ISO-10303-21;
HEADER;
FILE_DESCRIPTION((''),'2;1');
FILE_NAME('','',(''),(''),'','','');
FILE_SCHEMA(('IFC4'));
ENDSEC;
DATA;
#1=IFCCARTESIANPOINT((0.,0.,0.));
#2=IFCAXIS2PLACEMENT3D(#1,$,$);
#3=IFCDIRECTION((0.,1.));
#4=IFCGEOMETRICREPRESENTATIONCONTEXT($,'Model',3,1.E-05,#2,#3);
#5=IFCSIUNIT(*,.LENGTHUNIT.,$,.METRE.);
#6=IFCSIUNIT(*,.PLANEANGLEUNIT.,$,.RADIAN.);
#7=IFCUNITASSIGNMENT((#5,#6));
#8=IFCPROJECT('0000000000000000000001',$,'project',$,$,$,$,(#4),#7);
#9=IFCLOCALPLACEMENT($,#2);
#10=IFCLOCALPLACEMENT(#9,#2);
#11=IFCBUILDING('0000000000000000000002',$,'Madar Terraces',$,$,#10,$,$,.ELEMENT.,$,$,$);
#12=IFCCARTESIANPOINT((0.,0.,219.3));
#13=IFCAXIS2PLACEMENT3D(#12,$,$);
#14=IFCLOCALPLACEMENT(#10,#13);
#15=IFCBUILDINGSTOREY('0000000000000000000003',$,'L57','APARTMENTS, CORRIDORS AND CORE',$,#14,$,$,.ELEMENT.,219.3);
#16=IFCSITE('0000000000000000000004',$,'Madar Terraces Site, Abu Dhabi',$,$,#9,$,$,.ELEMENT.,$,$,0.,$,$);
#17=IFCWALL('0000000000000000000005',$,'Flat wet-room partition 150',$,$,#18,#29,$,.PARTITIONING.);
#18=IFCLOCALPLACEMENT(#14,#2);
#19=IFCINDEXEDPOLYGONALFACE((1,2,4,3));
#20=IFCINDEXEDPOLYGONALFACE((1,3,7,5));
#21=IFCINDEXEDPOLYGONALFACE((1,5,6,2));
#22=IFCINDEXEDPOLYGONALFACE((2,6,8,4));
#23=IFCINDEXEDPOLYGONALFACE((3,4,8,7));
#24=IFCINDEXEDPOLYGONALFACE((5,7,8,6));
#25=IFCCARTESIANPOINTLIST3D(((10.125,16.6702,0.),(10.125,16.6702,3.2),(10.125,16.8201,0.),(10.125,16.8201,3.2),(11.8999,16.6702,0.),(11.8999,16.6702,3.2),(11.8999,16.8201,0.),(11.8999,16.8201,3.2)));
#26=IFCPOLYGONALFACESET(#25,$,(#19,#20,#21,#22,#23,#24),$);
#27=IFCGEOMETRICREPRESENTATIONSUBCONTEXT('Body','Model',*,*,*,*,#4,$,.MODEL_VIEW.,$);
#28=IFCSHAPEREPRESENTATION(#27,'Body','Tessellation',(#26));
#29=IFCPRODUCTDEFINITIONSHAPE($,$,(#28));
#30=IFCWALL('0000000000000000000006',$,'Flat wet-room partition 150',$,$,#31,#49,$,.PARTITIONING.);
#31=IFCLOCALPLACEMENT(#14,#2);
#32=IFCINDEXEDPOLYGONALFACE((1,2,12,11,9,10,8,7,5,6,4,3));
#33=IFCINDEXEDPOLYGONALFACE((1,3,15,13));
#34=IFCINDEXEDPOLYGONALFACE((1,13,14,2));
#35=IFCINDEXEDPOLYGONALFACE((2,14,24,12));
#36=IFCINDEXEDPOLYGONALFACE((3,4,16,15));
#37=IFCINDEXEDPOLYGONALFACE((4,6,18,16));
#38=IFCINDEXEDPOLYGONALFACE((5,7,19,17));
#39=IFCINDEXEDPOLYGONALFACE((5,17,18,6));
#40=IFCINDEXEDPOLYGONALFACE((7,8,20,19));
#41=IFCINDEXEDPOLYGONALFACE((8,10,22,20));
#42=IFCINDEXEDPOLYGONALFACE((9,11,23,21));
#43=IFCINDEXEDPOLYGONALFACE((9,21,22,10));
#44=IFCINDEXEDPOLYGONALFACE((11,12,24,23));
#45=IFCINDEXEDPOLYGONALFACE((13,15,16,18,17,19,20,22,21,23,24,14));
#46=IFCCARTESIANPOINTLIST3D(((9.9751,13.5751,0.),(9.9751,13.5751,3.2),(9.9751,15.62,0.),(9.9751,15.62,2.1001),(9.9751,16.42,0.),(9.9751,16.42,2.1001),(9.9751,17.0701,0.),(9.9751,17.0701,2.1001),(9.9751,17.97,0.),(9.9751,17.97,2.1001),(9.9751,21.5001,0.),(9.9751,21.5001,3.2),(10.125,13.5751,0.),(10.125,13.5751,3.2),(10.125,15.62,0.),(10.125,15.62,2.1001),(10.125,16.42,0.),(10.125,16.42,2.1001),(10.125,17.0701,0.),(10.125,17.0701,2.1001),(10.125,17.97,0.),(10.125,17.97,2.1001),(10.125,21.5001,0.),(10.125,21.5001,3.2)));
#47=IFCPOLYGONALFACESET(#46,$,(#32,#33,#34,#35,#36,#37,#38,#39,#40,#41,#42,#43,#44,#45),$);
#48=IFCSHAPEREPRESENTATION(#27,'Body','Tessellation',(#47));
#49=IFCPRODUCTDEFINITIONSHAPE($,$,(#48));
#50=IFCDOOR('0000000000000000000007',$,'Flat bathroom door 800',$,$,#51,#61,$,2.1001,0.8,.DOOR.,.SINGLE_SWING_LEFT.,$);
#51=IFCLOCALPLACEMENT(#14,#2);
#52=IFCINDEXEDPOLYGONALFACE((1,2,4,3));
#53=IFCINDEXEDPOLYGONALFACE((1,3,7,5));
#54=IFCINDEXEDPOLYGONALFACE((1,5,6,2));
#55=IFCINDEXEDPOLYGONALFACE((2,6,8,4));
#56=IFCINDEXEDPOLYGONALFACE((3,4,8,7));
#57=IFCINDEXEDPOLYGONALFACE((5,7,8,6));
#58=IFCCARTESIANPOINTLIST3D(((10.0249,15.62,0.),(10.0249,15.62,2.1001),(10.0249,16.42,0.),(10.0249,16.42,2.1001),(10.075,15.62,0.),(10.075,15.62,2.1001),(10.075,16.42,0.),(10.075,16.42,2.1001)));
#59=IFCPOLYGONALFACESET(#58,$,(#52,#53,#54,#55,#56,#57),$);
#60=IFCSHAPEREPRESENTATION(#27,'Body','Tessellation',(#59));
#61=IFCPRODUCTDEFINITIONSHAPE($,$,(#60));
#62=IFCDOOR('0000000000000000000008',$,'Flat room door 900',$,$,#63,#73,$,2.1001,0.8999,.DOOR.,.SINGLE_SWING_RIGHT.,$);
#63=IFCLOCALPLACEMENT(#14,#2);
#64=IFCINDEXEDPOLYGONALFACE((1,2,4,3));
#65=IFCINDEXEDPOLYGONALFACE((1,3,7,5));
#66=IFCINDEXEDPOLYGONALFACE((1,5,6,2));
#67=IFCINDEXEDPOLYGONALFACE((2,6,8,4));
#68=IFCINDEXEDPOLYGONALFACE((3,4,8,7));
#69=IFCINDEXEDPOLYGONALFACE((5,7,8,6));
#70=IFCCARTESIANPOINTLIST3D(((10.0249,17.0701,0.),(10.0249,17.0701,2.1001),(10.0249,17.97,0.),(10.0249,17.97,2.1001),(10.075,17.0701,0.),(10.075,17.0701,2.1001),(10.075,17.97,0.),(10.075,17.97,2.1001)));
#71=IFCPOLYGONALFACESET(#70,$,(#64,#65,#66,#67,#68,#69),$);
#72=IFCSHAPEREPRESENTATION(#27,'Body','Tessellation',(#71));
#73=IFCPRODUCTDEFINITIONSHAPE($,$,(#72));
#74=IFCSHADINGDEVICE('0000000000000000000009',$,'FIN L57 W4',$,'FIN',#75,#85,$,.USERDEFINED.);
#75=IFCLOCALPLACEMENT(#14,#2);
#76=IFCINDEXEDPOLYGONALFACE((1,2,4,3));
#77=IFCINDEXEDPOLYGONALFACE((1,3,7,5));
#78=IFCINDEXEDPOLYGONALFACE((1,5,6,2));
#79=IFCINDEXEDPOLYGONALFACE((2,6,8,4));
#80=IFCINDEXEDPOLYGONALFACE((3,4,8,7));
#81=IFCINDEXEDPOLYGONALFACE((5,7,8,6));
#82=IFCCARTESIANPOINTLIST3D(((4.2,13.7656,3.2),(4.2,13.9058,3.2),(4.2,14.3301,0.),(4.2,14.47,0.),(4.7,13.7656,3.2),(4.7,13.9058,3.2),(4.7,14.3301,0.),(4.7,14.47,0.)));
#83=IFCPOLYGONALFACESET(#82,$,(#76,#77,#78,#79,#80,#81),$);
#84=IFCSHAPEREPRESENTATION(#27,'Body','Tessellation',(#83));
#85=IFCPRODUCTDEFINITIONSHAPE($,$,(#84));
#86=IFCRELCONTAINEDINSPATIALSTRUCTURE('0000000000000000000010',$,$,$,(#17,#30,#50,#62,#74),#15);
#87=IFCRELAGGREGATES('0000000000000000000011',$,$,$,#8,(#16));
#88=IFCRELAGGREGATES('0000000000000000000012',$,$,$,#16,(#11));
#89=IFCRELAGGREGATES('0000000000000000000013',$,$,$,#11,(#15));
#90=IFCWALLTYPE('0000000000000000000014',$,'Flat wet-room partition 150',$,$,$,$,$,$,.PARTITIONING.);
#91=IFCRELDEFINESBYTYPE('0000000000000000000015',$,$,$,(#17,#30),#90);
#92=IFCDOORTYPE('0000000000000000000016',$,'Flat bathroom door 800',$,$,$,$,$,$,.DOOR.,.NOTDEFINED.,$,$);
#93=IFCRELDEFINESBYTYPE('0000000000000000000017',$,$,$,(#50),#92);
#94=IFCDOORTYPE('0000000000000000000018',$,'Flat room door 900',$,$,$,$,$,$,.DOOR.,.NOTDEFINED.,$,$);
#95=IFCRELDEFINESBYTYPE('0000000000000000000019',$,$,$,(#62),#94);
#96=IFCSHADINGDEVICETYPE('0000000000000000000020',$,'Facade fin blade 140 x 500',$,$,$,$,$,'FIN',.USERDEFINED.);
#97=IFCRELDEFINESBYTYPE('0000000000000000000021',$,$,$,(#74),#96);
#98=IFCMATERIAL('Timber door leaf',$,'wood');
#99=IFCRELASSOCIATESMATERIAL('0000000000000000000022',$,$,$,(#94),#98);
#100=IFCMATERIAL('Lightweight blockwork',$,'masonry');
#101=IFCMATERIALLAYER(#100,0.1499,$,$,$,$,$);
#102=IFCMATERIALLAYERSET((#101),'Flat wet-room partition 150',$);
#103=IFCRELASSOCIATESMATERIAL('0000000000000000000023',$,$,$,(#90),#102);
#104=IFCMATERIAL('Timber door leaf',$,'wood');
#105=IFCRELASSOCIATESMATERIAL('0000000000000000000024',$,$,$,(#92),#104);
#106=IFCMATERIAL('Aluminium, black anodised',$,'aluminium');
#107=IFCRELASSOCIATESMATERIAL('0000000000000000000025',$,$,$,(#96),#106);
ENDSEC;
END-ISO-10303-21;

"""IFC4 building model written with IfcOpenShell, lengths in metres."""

from ifc_helpers import new_model, si_unit, direction, frame, frame_2d, origin, place, context, subcontext, project, spatial, polyline, rectangle, outline, extrude, material, layer, layer_set, type_object, element, fill, save


model = new_model("IFC4")

# Units and contexts
model_context = context("Model", 3, precision=1e-05, world=origin(), true_north=direction((0.0, 1.0)))
body_context = subcontext(model_context, "Body", "Model", "MODEL_VIEW")
ifc_project = project(units=[si_unit("LENGTHUNIT", "METRE"), si_unit("PLANEANGLEUNIT", "RADIAN")], contexts=[model_context])

# Site, building, storey
site_placement = place(None, origin())
site = spatial("IfcSite", under=ifc_project, at=site_placement, Name="Madar Terraces Site, Abu Dhabi", CompositionType="ELEMENT", RefElevation=0.0)
building_placement = place(site_placement, origin())
building = spatial("IfcBuilding", under=site, at=building_placement, Name="Madar Terraces", CompositionType="ELEMENT")
storey_placement = place(building_placement, frame((0.0, 0.0, 219.3)))
storey = spatial("IfcBuildingStorey", under=building, at=storey_placement, Name="L57", Description="APARTMENTS, CORRIDORS AND CORE", CompositionType="ELEMENT", Elevation=219.3)

# Shared definitions
ifc_material_1 = material(Name="Timber door leaf", Category="wood")
door_type_1 = type_object("IfcDoorType", Name="Flat room door 900", OperationType="NOTDEFINED", PredefinedType="DOOR", material=ifc_material_1)

# Wall
ifc_material_2 = material(Name="Lightweight blockwork", Category="masonry")
ifc_layer_1 = layer(ifc_material_2, 0.1499)
ifc_layer_set_1 = layer_set([ifc_layer_1], Name="Flat wet-room partition 150")
wall_type_1 = type_object("IfcWallType", Name="Flat wet-room partition 150", PredefinedType="PARTITIONING", material=ifc_layer_set_1)
wall_1_placement = place(storey_placement, frame((11.8999, 16.7451, 0.0), z_axis=(0.0, 0.0, 1.0), x_axis=(-1.0, 0.0, 0.0)))
element("IfcWall", 1, at=wall_1_placement, inside=storey, type_object=wall_type_1, Name="Flat wet-room partition 150", PredefinedType="PARTITIONING", context=body_context, shape_type="SweptSolid", body=[
    extrude(rectangle(XDim=1.7749, YDim=0.1499, at=frame_2d((0.8875, 0.0))), origin(), (0.0, 0.0, 1.0), 3.2),
])

# Wall, openings, doors
wall_2_placement = place(storey_placement, frame((10.05, 21.5, 0.0), z_axis=(0.0, 0.0, 1.0), x_axis=(0.0, -1.0, 0.0)))
wall_2 = element("IfcWall", 2, at=wall_2_placement, inside=storey, type_object=wall_type_1, Name="Flat wet-room partition 150", PredefinedType="PARTITIONING", context=body_context, shape_type="SweptSolid", body=[
    extrude(rectangle(XDim=7.925, YDim=0.1499, at=frame_2d((3.9624, 0.0))), origin(), (0.0, 0.0, 1.0), 3.2),
])
opening_1_placement = place(wall_2_placement, frame((5.0801, 0.0, 0.0)))
opening_1 = element("IfcOpeningElement", 3, at=opening_1_placement, cuts=wall_2, PredefinedType="OPENING", context=body_context, shape_type="SweptSolid", body=[
    extrude(rectangle(XDim=0.8, YDim=2.1001, at=frame_2d((0.3999, 1.05))), frame((0.0, 0.085, 0.0), z_axis=(0.0, -1.0, 0.0), x_axis=(1.0, 0.0, 0.0)), (0.0, 0.0, 1.0), 0.1699),
])
opening_2_placement = place(wall_2_placement, frame((3.53, 0.0, 0.0)))
opening_2 = element("IfcOpeningElement", 4, at=opening_2_placement, cuts=wall_2, PredefinedType="OPENING", context=body_context, shape_type="SweptSolid", body=[
    extrude(rectangle(XDim=0.8999, YDim=2.1001, at=frame_2d((0.45, 1.05))), frame((0.0, 0.085, 0.0), z_axis=(0.0, -1.0, 0.0), x_axis=(1.0, 0.0, 0.0)), (0.0, 0.0, 1.0), 0.1699),
])
ifc_material_3 = material(Name="Timber door leaf", Category="wood")
door_type_2 = type_object("IfcDoorType", Name="Flat bathroom door 800", OperationType="NOTDEFINED", PredefinedType="DOOR", material=ifc_material_3)
door_1_placement = place(opening_1_placement, origin())
door_1 = element("IfcDoor", 5, at=door_1_placement, inside=storey, type_object=door_type_2, Name="Flat bathroom door 800", OperationType="SINGLE_SWING_LEFT", OverallHeight=2.1001, OverallWidth=0.8, PredefinedType="DOOR", context=body_context, shape_type="SweptSolid", body=[
    extrude(rectangle(XDim=0.8, YDim=2.1001, at=frame_2d((0.3999, 1.05))), frame((0.0, 0.0249, 0.0), z_axis=(0.0, -1.0, 0.0), x_axis=(1.0, 0.0, 0.0)), (0.0, 0.0, 1.0), 0.05),
])
fill(opening_1, door_1)
door_2_placement = place(opening_2_placement, origin())
door_2 = element("IfcDoor", 6, at=door_2_placement, inside=storey, type_object=door_type_1, Name="Flat room door 900", OperationType="SINGLE_SWING_RIGHT", OverallHeight=2.1001, OverallWidth=0.8999, PredefinedType="DOOR", context=body_context, shape_type="SweptSolid", body=[
    extrude(rectangle(XDim=0.8999, YDim=2.1001, at=frame_2d((0.45, 1.05))), frame((0.0, 0.0249, 0.0), z_axis=(0.0, -1.0, 0.0), x_axis=(1.0, 0.0, 0.0)), (0.0, 0.0, 1.0), 0.05),
])
fill(opening_2, door_2)

# Shading device
ifc_material_4 = material(Name="Aluminium, black anodised", Category="aluminium")
shading_device_type = type_object("IfcShadingDeviceType", Name="Facade fin blade 140 x 500", ElementType="FIN", PredefinedType="USERDEFINED", material=ifc_material_4)
shading_device_placement = place(storey_placement, frame((4.45, 14.47, 0.0), z_axis=(0.0, 0.0, 1.0), x_axis=(0.0, -1.0, 0.0)))
element("IfcShadingDevice", 7, at=shading_device_placement, inside=storey, type_object=shading_device_type, Name="FIN L57 W4", ObjectType="FIN", PredefinedType="USERDEFINED", context=body_context, shape_type="SweptSolid", body=[
    extrude(outline(polyline([(0.0, 0.0), (0.1399, 0.0), (0.7043, 3.2), (0.5642, 3.2), (0.0, 0.0)])), frame((0.0, 0.25, 0.0), z_axis=(0.0, -1.0, 0.0), x_axis=(1.0, 0.0, 0.0)), (0.0, 0.0, 1.0), 0.5),
])

save(model, "model.ifc")
